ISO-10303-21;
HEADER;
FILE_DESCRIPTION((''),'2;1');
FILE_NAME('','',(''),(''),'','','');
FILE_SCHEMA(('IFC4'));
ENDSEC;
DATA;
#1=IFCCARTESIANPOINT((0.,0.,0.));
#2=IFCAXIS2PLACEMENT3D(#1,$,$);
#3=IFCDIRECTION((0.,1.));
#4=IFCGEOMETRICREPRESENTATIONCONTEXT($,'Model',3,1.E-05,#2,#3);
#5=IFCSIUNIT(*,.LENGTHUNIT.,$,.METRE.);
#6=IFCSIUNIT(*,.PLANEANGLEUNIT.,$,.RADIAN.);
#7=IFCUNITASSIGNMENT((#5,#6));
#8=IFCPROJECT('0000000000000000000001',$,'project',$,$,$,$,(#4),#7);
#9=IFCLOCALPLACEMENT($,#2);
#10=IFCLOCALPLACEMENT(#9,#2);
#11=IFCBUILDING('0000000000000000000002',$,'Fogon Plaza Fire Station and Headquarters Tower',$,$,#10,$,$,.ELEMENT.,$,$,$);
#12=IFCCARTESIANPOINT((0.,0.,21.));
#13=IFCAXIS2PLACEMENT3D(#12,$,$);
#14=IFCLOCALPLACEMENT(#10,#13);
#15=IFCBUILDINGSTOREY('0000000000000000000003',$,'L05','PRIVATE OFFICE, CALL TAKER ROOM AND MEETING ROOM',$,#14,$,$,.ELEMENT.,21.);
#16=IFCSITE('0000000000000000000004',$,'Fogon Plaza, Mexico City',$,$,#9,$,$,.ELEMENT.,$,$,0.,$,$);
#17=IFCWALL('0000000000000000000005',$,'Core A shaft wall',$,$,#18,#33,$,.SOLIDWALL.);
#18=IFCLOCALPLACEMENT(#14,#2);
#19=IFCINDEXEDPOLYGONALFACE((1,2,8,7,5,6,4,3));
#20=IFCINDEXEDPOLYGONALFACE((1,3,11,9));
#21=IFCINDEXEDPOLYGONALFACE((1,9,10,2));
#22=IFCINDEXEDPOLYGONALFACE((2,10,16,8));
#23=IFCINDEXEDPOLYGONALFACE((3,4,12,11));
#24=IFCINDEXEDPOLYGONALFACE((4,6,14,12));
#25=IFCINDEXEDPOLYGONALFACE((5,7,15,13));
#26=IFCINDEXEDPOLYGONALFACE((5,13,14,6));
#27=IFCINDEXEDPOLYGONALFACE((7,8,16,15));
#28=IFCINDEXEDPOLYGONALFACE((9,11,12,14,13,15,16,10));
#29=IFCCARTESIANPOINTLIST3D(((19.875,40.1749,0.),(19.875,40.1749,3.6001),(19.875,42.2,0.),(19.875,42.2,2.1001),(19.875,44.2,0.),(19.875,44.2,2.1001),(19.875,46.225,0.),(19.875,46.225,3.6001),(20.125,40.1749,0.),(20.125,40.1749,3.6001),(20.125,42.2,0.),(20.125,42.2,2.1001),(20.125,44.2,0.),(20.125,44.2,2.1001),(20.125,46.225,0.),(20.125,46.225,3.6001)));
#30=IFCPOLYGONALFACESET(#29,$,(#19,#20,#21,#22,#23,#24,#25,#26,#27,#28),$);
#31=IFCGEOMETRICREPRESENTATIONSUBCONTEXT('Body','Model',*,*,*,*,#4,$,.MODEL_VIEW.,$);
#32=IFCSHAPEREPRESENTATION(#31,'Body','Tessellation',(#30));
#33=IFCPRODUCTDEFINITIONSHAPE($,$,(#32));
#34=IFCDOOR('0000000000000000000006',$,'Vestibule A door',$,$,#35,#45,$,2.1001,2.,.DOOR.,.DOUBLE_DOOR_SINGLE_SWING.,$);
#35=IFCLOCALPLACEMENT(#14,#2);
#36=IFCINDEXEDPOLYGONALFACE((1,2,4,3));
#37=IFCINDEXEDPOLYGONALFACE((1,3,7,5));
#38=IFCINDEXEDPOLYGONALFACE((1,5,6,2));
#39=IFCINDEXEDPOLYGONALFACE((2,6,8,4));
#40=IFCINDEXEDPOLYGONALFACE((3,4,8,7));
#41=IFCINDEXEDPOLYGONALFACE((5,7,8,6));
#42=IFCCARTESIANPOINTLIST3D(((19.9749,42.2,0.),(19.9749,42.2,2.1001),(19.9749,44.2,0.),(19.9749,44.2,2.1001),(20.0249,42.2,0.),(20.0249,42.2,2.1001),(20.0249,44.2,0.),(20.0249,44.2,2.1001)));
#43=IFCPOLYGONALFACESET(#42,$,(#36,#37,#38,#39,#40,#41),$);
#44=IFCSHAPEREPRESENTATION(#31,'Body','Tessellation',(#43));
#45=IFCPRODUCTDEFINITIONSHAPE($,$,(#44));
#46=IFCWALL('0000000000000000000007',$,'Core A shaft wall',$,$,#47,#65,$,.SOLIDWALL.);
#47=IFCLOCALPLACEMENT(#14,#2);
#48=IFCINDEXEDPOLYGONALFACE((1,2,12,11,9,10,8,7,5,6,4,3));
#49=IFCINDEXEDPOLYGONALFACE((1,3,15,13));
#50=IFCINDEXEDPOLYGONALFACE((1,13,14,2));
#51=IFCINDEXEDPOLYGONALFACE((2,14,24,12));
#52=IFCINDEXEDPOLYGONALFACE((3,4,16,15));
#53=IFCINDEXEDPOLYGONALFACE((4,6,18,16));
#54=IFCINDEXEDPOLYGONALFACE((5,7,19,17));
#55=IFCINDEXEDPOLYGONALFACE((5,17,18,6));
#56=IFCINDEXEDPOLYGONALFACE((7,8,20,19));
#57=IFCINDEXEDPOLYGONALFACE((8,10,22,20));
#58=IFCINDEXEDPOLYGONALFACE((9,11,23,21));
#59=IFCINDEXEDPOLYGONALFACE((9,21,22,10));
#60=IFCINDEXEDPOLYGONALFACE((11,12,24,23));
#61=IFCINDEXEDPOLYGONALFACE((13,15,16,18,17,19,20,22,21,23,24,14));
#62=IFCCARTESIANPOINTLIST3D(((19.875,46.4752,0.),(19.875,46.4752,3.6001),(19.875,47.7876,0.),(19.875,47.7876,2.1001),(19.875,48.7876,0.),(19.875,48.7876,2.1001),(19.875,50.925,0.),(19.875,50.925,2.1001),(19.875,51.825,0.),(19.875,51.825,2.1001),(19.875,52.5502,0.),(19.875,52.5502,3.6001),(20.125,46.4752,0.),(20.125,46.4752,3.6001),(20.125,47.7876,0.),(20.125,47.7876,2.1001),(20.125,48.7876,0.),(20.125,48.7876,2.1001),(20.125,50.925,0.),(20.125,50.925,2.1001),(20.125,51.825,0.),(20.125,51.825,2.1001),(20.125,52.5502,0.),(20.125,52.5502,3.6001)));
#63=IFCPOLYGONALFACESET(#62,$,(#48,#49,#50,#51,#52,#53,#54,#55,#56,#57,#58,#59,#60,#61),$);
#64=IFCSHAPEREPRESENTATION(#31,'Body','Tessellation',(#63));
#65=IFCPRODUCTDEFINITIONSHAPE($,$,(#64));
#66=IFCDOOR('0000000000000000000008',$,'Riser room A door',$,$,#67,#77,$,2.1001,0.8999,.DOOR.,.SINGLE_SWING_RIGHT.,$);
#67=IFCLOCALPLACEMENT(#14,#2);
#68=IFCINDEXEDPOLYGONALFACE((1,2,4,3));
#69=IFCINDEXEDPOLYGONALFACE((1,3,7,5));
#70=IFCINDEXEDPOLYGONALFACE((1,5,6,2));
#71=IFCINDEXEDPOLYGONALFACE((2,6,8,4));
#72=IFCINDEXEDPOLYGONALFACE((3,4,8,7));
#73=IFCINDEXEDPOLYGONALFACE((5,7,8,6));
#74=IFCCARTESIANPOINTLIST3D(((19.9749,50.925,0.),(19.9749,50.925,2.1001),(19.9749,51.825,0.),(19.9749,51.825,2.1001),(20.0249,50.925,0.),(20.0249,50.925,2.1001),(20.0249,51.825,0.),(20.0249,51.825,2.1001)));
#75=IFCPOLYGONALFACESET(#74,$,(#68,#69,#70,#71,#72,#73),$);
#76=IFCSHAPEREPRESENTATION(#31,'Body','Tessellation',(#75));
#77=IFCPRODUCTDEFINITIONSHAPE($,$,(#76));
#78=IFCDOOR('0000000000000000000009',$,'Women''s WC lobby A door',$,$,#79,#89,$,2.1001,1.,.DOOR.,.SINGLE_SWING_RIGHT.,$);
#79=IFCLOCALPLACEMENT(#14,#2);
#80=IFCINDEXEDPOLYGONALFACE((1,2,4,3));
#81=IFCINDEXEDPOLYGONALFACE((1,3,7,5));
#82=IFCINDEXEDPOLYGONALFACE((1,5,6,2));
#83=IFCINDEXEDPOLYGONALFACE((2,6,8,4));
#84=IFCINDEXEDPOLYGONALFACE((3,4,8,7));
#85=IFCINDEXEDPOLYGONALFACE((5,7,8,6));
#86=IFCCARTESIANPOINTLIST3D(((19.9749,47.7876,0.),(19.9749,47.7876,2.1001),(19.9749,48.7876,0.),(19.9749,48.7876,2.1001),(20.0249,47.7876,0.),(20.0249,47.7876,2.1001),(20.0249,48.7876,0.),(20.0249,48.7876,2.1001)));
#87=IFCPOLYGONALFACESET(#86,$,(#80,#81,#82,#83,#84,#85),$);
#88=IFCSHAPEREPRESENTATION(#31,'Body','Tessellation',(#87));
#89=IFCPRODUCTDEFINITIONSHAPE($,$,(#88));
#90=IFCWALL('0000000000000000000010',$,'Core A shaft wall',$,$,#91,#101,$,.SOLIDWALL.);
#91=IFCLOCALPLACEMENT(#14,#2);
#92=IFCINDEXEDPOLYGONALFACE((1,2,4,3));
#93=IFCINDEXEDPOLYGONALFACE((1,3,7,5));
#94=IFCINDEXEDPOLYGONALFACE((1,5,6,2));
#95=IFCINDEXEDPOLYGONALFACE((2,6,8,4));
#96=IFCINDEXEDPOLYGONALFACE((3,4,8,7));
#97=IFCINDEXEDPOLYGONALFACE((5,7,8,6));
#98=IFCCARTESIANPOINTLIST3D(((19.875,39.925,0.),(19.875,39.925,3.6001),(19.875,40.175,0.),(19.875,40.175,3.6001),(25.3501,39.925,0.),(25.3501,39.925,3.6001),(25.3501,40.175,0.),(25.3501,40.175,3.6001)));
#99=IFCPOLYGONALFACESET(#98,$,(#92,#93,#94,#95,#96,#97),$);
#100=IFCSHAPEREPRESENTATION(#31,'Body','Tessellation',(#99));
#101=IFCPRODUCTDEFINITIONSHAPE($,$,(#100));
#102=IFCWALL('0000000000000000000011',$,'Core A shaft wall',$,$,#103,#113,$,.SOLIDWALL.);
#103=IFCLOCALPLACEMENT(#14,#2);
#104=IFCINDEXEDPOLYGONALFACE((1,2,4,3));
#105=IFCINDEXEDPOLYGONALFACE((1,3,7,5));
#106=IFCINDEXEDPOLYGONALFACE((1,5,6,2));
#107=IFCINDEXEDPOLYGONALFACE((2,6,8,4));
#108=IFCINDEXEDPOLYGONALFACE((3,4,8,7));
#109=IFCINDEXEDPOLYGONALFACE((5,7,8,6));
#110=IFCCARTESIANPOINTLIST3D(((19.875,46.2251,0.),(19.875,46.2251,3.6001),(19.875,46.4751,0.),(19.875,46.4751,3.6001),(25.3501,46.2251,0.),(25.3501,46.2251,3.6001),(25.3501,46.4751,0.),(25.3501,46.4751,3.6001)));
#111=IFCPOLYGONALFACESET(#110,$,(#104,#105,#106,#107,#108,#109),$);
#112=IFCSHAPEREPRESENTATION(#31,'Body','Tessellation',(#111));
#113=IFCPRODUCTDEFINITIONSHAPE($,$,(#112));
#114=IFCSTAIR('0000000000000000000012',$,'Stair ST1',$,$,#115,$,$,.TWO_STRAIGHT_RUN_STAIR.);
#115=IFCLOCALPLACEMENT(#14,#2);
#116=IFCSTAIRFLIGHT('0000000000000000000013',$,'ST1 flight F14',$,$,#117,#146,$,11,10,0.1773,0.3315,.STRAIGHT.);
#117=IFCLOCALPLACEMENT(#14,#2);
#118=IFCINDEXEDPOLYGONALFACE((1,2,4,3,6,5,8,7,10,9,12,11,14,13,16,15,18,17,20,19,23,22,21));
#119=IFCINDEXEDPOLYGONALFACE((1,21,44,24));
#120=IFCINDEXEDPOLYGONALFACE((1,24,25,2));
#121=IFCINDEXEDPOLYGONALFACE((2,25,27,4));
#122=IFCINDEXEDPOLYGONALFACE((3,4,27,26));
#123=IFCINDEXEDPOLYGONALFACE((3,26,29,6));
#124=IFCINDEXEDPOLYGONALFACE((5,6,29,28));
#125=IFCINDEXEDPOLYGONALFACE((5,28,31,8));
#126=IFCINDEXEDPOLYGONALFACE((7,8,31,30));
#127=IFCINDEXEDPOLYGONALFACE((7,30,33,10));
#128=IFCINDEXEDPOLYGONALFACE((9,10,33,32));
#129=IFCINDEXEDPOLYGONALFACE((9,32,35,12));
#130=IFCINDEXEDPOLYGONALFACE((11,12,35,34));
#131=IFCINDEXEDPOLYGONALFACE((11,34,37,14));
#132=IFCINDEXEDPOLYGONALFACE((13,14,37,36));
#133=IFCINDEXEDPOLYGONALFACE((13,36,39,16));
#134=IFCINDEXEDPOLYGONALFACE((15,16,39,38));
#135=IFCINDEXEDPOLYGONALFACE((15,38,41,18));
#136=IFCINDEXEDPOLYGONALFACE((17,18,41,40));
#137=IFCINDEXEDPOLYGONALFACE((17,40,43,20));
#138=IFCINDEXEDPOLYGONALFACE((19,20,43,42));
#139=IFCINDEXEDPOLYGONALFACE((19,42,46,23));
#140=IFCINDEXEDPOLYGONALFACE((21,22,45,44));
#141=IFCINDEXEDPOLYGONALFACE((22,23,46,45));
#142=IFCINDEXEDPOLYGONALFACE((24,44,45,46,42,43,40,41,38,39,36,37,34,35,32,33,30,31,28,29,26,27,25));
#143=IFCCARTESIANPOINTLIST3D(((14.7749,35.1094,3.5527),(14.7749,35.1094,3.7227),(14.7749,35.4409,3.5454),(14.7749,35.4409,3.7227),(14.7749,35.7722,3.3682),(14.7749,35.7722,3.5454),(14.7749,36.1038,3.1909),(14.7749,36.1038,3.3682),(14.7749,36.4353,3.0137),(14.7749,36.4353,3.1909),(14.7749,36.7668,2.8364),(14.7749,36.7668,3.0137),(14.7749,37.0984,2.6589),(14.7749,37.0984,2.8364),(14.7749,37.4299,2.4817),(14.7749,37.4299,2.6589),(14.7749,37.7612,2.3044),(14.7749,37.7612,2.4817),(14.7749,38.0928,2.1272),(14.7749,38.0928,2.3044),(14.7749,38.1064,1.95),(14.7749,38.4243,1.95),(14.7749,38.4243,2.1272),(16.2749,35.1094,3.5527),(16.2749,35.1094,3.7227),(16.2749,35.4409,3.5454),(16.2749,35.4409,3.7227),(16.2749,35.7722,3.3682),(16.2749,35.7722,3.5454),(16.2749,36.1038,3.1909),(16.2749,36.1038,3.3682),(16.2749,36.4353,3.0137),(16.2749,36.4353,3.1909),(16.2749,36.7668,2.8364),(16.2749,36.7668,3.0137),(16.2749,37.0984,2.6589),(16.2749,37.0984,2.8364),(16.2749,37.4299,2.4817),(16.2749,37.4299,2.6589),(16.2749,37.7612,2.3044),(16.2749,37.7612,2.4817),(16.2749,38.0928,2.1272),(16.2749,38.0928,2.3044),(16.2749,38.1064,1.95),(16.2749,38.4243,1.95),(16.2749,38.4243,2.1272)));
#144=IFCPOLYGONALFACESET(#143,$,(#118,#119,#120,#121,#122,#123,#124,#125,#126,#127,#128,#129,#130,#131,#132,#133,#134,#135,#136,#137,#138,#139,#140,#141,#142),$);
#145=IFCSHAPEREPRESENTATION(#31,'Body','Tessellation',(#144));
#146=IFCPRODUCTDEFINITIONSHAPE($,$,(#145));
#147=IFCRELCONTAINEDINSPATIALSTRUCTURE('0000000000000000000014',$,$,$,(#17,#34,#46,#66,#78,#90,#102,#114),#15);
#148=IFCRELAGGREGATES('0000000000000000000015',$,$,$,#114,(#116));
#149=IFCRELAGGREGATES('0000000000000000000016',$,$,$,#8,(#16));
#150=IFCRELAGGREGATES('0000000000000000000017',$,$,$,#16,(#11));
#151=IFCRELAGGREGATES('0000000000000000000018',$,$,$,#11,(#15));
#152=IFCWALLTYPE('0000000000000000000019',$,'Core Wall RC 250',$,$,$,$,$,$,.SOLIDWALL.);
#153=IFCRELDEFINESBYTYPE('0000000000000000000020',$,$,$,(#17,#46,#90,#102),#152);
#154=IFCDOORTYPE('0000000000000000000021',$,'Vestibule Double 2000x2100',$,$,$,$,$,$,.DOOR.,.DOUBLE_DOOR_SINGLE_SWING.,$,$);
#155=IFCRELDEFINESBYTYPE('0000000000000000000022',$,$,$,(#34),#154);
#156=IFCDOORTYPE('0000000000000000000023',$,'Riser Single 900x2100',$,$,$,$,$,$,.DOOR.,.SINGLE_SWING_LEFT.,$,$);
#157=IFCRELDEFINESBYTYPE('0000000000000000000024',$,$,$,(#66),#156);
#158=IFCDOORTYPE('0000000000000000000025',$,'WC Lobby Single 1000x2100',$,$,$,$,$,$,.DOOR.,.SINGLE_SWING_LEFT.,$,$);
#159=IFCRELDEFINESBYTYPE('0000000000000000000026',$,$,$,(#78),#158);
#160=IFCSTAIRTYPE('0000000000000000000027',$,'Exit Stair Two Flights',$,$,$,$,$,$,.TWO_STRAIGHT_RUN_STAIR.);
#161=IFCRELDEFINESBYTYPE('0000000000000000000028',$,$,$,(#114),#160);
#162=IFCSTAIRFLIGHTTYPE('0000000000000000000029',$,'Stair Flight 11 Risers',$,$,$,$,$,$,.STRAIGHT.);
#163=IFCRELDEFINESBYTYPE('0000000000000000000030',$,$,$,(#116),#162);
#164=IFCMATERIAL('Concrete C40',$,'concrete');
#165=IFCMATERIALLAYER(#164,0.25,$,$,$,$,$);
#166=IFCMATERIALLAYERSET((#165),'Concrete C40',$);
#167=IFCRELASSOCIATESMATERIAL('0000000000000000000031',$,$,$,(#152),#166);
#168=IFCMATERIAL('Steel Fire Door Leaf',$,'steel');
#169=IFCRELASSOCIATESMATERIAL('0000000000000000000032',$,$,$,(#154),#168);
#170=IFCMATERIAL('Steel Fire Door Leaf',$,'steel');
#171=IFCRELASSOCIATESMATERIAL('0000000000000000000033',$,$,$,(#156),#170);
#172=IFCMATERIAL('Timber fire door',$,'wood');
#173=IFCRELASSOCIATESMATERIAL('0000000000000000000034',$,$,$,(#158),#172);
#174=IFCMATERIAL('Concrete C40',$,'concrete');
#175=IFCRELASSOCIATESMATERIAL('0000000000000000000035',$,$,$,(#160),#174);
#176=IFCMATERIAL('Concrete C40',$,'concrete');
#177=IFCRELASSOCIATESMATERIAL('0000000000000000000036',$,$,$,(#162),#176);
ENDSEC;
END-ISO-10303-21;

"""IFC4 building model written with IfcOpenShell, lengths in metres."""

from ifc_helpers import new_model, si_unit, direction, frame, frame_2d, origin, place, context, subcontext, project, spatial, polyline, rectangle, outline, extrude, material, layer, layer_set, type_object, element, fill, aggregate, save


model = new_model("IFC4")

# Units and contexts
model_context = context("Model", 3, precision=1e-05, world=origin(), true_north=direction((0.0, 1.0)))
body_context = subcontext(model_context, "Body", "Model", "MODEL_VIEW")
ifc_project = project(units=[si_unit("LENGTHUNIT", "METRE"), si_unit("PLANEANGLEUNIT", "RADIAN")], contexts=[model_context])

# Site, building, storey
site_placement = place(None, origin())
site = spatial("IfcSite", under=ifc_project, at=site_placement, Name="Fogon Plaza, Mexico City", CompositionType="ELEMENT", RefElevation=0.0)
building_placement = place(site_placement, origin())
building = spatial("IfcBuilding", under=site, at=building_placement, Name="Fogon Plaza Fire Station and Headquarters Tower", CompositionType="ELEMENT")
storey_placement = place(building_placement, frame((0.0, 0.0, 21.0)))
storey = spatial("IfcBuildingStorey", under=building, at=storey_placement, Name="L05", Description="PRIVATE OFFICE, CALL TAKER ROOM AND MEETING ROOM", CompositionType="ELEMENT", Elevation=21.0)

# Shared definitions
ifc_material_1 = material(Name="Concrete C40", Category="concrete")
ifc_layer = layer(ifc_material_1, 0.25)
ifc_layer_set = layer_set([ifc_layer], Name="Concrete C40")
wall_type = type_object("IfcWallType", Name="Core Wall RC 250", PredefinedType="SOLIDWALL", material=ifc_layer_set)

# Wall, opening, door
wall_1_placement = place(storey_placement, frame((20.0, 40.175, 0.0), z_axis=(0.0, 0.0, 1.0), x_axis=(0.0, 1.0, 0.0)))
wall_1 = element("IfcWall", 1, at=wall_1_placement, inside=storey, type_object=wall_type, Name="Core A shaft wall", PredefinedType="SOLIDWALL", context=body_context, shape_type="SweptSolid", body=[
    extrude(rectangle(XDim=6.05, YDim=0.25, at=frame_2d((3.0249, 0.0))), origin(), (0.0, 0.0, 1.0), 3.6001),
])
opening_1_placement = place(wall_1_placement, frame((2.0249, 0.0, 0.0)))
opening_1 = element("IfcOpeningElement", 2, at=opening_1_placement, cuts=wall_1, PredefinedType="OPENING", context=body_context, shape_type="SweptSolid", body=[
    extrude(rectangle(XDim=2.0, YDim=2.1001, at=frame_2d((1.0, 1.05))), frame((0.0, 0.135, 0.0), z_axis=(0.0, -1.0, 0.0), x_axis=(1.0, 0.0, 0.0)), (0.0, 0.0, 1.0), 0.27),
])
ifc_material_2 = material(Name="Steel Fire Door Leaf", Category="steel")
door_type_1 = type_object("IfcDoorType", Name="Vestibule Double 2000x2100", OperationType="DOUBLE_DOOR_SINGLE_SWING", PredefinedType="DOOR", material=ifc_material_2)
door_1_placement = place(opening_1_placement, frame((2.0, 0.0, 0.0), z_axis=(0.0, 0.0, 1.0), x_axis=(-1.0, 0.0, 0.0)))
door_1 = element("IfcDoor", 3, at=door_1_placement, inside=storey, type_object=door_type_1, Name="Vestibule A door", OperationType="DOUBLE_DOOR_SINGLE_SWING", OverallHeight=2.1001, OverallWidth=2.0, PredefinedType="DOOR", context=body_context, shape_type="SweptSolid", body=[
    extrude(rectangle(XDim=2.0, YDim=2.1001, at=frame_2d((1.0, 1.05))), frame((0.0, 0.0249, 0.0), z_axis=(0.0, -1.0, 0.0), x_axis=(1.0, 0.0, 0.0)), (0.0, 0.0, 1.0), 0.05),
])
fill(opening_1, door_1)

# Wall, openings, doors
wall_2_placement = place(storey_placement, frame((20.0, 46.4751, 0.0), z_axis=(0.0, 0.0, 1.0), x_axis=(0.0, 1.0, 0.0)))
wall_2 = element("IfcWall", 4, at=wall_2_placement, inside=storey, type_object=wall_type, Name="Core A shaft wall", PredefinedType="SOLIDWALL", context=body_context, shape_type="SweptSolid", body=[
    extrude(rectangle(XDim=6.075, YDim=0.25, at=frame_2d((3.0376, 0.0))), origin(), (0.0, 0.0, 1.0), 3.6001),
])
opening_2_placement = place(wall_2_placement, frame((1.3125, 0.0, 0.0)))
opening_2 = element("IfcOpeningElement", 5, at=opening_2_placement, cuts=wall_2, PredefinedType="OPENING", context=body_context, shape_type="SweptSolid", body=[
    extrude(rectangle(XDim=1.0, YDim=2.1001, at=frame_2d((0.5, 1.05))), frame((0.0, 0.135, 0.0), z_axis=(0.0, -1.0, 0.0), x_axis=(1.0, 0.0, 0.0)), (0.0, 0.0, 1.0), 0.27),
])
opening_3_placement = place(wall_2_placement, frame((4.45, 0.0, 0.0)))
opening_3 = element("IfcOpeningElement", 6, at=opening_3_placement, cuts=wall_2, PredefinedType="OPENING", context=body_context, shape_type="SweptSolid", body=[
    extrude(rectangle(XDim=0.8999, YDim=2.1001, at=frame_2d((0.45, 1.05))), frame((0.0, 0.135, 0.0), z_axis=(0.0, -1.0, 0.0), x_axis=(1.0, 0.0, 0.0)), (0.0, 0.0, 1.0), 0.27),
])
ifc_material_3 = material(Name="Steel Fire Door Leaf", Category="steel")
door_type_2 = type_object("IfcDoorType", Name="Riser Single 900x2100", OperationType="SINGLE_SWING_LEFT", PredefinedType="DOOR", material=ifc_material_3)
door_2_placement = place(opening_3_placement, frame((0.8999, 0.0, 0.0), z_axis=(0.0, 0.0, 1.0), x_axis=(-1.0, 0.0, 0.0)))
door_2 = element("IfcDoor", 7, at=door_2_placement, inside=storey, type_object=door_type_2, Name="Riser room A door", OperationType="SINGLE_SWING_RIGHT", OverallHeight=2.1001, OverallWidth=0.8999, PredefinedType="DOOR", context=body_context, shape_type="SweptSolid", body=[
    extrude(rectangle(XDim=0.8999, YDim=2.1001, at=frame_2d((0.45, 1.05))), frame((0.0, 0.0249, 0.0), z_axis=(0.0, -1.0, 0.0), x_axis=(1.0, 0.0, 0.0)), (0.0, 0.0, 1.0), 0.05),
])
fill(opening_3, door_2)
ifc_material_4 = material(Name="Timber fire door", Category="wood")
door_type_3 = type_object("IfcDoorType", Name="WC Lobby Single 1000x2100", OperationType="SINGLE_SWING_LEFT", PredefinedType="DOOR", material=ifc_material_4)
door_3_placement = place(opening_2_placement, frame((1.0, 0.0, 0.0), z_axis=(0.0, 0.0, 1.0), x_axis=(-1.0, 0.0, 0.0)))
door_3 = element("IfcDoor", 8, at=door_3_placement, inside=storey, type_object=door_type_3, Name="Women's WC lobby A door", OperationType="SINGLE_SWING_RIGHT", OverallHeight=2.1001, OverallWidth=1.0, PredefinedType="DOOR", context=body_context, shape_type="SweptSolid", body=[
    extrude(rectangle(XDim=1.0, YDim=2.1001, at=frame_2d((0.5, 1.05))), frame((0.0, 0.0249, 0.0), z_axis=(0.0, -1.0, 0.0), x_axis=(1.0, 0.0, 0.0)), (0.0, 0.0, 1.0), 0.05),
])
fill(opening_2, door_3)

# Walls
for number, where, z_axis, x_axis, name in (
    (9, (19.875, 40.05, 0.0), (0.0, 0.0, 1.0), (1.0, 0.0, 0.0), "Core A shaft wall"),
    (10, (19.875, 46.3501, 0.0), (0.0, 0.0, 1.0), (1.0, 0.0, 0.0), "Core A shaft wall"),
):
    element("IfcWall", number, at=place(storey_placement, frame(where, z_axis=z_axis, x_axis=x_axis)), inside=storey, type_object=wall_type, Name=name, PredefinedType="SOLIDWALL", context=body_context, shape_type="SweptSolid", body=[
        extrude(rectangle(XDim=5.4751, YDim=0.25, at=frame_2d((2.7375, 0.0))), origin(), (0.0, 0.0, 1.0), 3.6001),
    ])

# Stair, stair flight
ifc_material_5 = material(Name="Concrete C40", Category="concrete")
stair_type = type_object("IfcStairType", Name="Exit Stair Two Flights", PredefinedType="TWO_STRAIGHT_RUN_STAIR", material=ifc_material_5)
stair_1_placement = place(storey_placement, origin())
stair_1 = element("IfcStair", 11, at=stair_1_placement, inside=storey, type_object=stair_type, Name="Stair ST1", PredefinedType="TWO_STRAIGHT_RUN_STAIR")
ifc_material_6 = material(Name="Concrete C40", Category="concrete")
stair_flight_type = type_object("IfcStairFlightType", Name="Stair Flight 11 Risers", PredefinedType="STRAIGHT", material=ifc_material_6)
stair_flight_1_placement = place(storey_placement, frame((15.5249, 38.4243, 1.95), z_axis=(0.0, 0.0, 1.0), x_axis=(0.0, -1.0, 0.0)))
stair_flight_1 = element("IfcStairFlight", 12, at=stair_flight_1_placement, type_object=stair_flight_type, Name="ST1 flight F14", NumberOfRisers=11, NumberOfTreads=10, PredefinedType="STRAIGHT", RiserHeight=0.1773, TreadLength=0.3315, context=body_context, shape_type="SweptSolid", body=[
    extrude(outline(polyline([(0.0, 0.0), (0.0, 0.1772), (0.3315, 0.1772), (0.3315, 0.3545), (0.6631, 0.3545), (0.6631, 0.5317), (0.9944, 0.5317), (0.9944, 0.709), (1.3259, 0.709), (1.3259, 0.8865), (1.6575, 0.8865), (1.6575, 1.0637), (1.989, 1.0637), (1.989, 1.241), (2.3206, 1.241), (2.3206, 1.4182), (2.6521, 1.4182), (2.6521, 1.5955), (2.9834, 1.5955), (2.9834, 1.7727), (3.3149, 1.7727), (3.3149, 1.95), (3.3149, 1.6028), (0.3179, 0.0), (0.0, 0.0)])), frame((0.0, 0.75, 0.0), z_axis=(0.0, -1.0, 0.0), x_axis=(1.0, 0.0, 0.0)), (0.0, 0.0, 1.0), 1.5),
])
aggregate(stair_1, [stair_flight_1])

save(model, "model.ifc")
